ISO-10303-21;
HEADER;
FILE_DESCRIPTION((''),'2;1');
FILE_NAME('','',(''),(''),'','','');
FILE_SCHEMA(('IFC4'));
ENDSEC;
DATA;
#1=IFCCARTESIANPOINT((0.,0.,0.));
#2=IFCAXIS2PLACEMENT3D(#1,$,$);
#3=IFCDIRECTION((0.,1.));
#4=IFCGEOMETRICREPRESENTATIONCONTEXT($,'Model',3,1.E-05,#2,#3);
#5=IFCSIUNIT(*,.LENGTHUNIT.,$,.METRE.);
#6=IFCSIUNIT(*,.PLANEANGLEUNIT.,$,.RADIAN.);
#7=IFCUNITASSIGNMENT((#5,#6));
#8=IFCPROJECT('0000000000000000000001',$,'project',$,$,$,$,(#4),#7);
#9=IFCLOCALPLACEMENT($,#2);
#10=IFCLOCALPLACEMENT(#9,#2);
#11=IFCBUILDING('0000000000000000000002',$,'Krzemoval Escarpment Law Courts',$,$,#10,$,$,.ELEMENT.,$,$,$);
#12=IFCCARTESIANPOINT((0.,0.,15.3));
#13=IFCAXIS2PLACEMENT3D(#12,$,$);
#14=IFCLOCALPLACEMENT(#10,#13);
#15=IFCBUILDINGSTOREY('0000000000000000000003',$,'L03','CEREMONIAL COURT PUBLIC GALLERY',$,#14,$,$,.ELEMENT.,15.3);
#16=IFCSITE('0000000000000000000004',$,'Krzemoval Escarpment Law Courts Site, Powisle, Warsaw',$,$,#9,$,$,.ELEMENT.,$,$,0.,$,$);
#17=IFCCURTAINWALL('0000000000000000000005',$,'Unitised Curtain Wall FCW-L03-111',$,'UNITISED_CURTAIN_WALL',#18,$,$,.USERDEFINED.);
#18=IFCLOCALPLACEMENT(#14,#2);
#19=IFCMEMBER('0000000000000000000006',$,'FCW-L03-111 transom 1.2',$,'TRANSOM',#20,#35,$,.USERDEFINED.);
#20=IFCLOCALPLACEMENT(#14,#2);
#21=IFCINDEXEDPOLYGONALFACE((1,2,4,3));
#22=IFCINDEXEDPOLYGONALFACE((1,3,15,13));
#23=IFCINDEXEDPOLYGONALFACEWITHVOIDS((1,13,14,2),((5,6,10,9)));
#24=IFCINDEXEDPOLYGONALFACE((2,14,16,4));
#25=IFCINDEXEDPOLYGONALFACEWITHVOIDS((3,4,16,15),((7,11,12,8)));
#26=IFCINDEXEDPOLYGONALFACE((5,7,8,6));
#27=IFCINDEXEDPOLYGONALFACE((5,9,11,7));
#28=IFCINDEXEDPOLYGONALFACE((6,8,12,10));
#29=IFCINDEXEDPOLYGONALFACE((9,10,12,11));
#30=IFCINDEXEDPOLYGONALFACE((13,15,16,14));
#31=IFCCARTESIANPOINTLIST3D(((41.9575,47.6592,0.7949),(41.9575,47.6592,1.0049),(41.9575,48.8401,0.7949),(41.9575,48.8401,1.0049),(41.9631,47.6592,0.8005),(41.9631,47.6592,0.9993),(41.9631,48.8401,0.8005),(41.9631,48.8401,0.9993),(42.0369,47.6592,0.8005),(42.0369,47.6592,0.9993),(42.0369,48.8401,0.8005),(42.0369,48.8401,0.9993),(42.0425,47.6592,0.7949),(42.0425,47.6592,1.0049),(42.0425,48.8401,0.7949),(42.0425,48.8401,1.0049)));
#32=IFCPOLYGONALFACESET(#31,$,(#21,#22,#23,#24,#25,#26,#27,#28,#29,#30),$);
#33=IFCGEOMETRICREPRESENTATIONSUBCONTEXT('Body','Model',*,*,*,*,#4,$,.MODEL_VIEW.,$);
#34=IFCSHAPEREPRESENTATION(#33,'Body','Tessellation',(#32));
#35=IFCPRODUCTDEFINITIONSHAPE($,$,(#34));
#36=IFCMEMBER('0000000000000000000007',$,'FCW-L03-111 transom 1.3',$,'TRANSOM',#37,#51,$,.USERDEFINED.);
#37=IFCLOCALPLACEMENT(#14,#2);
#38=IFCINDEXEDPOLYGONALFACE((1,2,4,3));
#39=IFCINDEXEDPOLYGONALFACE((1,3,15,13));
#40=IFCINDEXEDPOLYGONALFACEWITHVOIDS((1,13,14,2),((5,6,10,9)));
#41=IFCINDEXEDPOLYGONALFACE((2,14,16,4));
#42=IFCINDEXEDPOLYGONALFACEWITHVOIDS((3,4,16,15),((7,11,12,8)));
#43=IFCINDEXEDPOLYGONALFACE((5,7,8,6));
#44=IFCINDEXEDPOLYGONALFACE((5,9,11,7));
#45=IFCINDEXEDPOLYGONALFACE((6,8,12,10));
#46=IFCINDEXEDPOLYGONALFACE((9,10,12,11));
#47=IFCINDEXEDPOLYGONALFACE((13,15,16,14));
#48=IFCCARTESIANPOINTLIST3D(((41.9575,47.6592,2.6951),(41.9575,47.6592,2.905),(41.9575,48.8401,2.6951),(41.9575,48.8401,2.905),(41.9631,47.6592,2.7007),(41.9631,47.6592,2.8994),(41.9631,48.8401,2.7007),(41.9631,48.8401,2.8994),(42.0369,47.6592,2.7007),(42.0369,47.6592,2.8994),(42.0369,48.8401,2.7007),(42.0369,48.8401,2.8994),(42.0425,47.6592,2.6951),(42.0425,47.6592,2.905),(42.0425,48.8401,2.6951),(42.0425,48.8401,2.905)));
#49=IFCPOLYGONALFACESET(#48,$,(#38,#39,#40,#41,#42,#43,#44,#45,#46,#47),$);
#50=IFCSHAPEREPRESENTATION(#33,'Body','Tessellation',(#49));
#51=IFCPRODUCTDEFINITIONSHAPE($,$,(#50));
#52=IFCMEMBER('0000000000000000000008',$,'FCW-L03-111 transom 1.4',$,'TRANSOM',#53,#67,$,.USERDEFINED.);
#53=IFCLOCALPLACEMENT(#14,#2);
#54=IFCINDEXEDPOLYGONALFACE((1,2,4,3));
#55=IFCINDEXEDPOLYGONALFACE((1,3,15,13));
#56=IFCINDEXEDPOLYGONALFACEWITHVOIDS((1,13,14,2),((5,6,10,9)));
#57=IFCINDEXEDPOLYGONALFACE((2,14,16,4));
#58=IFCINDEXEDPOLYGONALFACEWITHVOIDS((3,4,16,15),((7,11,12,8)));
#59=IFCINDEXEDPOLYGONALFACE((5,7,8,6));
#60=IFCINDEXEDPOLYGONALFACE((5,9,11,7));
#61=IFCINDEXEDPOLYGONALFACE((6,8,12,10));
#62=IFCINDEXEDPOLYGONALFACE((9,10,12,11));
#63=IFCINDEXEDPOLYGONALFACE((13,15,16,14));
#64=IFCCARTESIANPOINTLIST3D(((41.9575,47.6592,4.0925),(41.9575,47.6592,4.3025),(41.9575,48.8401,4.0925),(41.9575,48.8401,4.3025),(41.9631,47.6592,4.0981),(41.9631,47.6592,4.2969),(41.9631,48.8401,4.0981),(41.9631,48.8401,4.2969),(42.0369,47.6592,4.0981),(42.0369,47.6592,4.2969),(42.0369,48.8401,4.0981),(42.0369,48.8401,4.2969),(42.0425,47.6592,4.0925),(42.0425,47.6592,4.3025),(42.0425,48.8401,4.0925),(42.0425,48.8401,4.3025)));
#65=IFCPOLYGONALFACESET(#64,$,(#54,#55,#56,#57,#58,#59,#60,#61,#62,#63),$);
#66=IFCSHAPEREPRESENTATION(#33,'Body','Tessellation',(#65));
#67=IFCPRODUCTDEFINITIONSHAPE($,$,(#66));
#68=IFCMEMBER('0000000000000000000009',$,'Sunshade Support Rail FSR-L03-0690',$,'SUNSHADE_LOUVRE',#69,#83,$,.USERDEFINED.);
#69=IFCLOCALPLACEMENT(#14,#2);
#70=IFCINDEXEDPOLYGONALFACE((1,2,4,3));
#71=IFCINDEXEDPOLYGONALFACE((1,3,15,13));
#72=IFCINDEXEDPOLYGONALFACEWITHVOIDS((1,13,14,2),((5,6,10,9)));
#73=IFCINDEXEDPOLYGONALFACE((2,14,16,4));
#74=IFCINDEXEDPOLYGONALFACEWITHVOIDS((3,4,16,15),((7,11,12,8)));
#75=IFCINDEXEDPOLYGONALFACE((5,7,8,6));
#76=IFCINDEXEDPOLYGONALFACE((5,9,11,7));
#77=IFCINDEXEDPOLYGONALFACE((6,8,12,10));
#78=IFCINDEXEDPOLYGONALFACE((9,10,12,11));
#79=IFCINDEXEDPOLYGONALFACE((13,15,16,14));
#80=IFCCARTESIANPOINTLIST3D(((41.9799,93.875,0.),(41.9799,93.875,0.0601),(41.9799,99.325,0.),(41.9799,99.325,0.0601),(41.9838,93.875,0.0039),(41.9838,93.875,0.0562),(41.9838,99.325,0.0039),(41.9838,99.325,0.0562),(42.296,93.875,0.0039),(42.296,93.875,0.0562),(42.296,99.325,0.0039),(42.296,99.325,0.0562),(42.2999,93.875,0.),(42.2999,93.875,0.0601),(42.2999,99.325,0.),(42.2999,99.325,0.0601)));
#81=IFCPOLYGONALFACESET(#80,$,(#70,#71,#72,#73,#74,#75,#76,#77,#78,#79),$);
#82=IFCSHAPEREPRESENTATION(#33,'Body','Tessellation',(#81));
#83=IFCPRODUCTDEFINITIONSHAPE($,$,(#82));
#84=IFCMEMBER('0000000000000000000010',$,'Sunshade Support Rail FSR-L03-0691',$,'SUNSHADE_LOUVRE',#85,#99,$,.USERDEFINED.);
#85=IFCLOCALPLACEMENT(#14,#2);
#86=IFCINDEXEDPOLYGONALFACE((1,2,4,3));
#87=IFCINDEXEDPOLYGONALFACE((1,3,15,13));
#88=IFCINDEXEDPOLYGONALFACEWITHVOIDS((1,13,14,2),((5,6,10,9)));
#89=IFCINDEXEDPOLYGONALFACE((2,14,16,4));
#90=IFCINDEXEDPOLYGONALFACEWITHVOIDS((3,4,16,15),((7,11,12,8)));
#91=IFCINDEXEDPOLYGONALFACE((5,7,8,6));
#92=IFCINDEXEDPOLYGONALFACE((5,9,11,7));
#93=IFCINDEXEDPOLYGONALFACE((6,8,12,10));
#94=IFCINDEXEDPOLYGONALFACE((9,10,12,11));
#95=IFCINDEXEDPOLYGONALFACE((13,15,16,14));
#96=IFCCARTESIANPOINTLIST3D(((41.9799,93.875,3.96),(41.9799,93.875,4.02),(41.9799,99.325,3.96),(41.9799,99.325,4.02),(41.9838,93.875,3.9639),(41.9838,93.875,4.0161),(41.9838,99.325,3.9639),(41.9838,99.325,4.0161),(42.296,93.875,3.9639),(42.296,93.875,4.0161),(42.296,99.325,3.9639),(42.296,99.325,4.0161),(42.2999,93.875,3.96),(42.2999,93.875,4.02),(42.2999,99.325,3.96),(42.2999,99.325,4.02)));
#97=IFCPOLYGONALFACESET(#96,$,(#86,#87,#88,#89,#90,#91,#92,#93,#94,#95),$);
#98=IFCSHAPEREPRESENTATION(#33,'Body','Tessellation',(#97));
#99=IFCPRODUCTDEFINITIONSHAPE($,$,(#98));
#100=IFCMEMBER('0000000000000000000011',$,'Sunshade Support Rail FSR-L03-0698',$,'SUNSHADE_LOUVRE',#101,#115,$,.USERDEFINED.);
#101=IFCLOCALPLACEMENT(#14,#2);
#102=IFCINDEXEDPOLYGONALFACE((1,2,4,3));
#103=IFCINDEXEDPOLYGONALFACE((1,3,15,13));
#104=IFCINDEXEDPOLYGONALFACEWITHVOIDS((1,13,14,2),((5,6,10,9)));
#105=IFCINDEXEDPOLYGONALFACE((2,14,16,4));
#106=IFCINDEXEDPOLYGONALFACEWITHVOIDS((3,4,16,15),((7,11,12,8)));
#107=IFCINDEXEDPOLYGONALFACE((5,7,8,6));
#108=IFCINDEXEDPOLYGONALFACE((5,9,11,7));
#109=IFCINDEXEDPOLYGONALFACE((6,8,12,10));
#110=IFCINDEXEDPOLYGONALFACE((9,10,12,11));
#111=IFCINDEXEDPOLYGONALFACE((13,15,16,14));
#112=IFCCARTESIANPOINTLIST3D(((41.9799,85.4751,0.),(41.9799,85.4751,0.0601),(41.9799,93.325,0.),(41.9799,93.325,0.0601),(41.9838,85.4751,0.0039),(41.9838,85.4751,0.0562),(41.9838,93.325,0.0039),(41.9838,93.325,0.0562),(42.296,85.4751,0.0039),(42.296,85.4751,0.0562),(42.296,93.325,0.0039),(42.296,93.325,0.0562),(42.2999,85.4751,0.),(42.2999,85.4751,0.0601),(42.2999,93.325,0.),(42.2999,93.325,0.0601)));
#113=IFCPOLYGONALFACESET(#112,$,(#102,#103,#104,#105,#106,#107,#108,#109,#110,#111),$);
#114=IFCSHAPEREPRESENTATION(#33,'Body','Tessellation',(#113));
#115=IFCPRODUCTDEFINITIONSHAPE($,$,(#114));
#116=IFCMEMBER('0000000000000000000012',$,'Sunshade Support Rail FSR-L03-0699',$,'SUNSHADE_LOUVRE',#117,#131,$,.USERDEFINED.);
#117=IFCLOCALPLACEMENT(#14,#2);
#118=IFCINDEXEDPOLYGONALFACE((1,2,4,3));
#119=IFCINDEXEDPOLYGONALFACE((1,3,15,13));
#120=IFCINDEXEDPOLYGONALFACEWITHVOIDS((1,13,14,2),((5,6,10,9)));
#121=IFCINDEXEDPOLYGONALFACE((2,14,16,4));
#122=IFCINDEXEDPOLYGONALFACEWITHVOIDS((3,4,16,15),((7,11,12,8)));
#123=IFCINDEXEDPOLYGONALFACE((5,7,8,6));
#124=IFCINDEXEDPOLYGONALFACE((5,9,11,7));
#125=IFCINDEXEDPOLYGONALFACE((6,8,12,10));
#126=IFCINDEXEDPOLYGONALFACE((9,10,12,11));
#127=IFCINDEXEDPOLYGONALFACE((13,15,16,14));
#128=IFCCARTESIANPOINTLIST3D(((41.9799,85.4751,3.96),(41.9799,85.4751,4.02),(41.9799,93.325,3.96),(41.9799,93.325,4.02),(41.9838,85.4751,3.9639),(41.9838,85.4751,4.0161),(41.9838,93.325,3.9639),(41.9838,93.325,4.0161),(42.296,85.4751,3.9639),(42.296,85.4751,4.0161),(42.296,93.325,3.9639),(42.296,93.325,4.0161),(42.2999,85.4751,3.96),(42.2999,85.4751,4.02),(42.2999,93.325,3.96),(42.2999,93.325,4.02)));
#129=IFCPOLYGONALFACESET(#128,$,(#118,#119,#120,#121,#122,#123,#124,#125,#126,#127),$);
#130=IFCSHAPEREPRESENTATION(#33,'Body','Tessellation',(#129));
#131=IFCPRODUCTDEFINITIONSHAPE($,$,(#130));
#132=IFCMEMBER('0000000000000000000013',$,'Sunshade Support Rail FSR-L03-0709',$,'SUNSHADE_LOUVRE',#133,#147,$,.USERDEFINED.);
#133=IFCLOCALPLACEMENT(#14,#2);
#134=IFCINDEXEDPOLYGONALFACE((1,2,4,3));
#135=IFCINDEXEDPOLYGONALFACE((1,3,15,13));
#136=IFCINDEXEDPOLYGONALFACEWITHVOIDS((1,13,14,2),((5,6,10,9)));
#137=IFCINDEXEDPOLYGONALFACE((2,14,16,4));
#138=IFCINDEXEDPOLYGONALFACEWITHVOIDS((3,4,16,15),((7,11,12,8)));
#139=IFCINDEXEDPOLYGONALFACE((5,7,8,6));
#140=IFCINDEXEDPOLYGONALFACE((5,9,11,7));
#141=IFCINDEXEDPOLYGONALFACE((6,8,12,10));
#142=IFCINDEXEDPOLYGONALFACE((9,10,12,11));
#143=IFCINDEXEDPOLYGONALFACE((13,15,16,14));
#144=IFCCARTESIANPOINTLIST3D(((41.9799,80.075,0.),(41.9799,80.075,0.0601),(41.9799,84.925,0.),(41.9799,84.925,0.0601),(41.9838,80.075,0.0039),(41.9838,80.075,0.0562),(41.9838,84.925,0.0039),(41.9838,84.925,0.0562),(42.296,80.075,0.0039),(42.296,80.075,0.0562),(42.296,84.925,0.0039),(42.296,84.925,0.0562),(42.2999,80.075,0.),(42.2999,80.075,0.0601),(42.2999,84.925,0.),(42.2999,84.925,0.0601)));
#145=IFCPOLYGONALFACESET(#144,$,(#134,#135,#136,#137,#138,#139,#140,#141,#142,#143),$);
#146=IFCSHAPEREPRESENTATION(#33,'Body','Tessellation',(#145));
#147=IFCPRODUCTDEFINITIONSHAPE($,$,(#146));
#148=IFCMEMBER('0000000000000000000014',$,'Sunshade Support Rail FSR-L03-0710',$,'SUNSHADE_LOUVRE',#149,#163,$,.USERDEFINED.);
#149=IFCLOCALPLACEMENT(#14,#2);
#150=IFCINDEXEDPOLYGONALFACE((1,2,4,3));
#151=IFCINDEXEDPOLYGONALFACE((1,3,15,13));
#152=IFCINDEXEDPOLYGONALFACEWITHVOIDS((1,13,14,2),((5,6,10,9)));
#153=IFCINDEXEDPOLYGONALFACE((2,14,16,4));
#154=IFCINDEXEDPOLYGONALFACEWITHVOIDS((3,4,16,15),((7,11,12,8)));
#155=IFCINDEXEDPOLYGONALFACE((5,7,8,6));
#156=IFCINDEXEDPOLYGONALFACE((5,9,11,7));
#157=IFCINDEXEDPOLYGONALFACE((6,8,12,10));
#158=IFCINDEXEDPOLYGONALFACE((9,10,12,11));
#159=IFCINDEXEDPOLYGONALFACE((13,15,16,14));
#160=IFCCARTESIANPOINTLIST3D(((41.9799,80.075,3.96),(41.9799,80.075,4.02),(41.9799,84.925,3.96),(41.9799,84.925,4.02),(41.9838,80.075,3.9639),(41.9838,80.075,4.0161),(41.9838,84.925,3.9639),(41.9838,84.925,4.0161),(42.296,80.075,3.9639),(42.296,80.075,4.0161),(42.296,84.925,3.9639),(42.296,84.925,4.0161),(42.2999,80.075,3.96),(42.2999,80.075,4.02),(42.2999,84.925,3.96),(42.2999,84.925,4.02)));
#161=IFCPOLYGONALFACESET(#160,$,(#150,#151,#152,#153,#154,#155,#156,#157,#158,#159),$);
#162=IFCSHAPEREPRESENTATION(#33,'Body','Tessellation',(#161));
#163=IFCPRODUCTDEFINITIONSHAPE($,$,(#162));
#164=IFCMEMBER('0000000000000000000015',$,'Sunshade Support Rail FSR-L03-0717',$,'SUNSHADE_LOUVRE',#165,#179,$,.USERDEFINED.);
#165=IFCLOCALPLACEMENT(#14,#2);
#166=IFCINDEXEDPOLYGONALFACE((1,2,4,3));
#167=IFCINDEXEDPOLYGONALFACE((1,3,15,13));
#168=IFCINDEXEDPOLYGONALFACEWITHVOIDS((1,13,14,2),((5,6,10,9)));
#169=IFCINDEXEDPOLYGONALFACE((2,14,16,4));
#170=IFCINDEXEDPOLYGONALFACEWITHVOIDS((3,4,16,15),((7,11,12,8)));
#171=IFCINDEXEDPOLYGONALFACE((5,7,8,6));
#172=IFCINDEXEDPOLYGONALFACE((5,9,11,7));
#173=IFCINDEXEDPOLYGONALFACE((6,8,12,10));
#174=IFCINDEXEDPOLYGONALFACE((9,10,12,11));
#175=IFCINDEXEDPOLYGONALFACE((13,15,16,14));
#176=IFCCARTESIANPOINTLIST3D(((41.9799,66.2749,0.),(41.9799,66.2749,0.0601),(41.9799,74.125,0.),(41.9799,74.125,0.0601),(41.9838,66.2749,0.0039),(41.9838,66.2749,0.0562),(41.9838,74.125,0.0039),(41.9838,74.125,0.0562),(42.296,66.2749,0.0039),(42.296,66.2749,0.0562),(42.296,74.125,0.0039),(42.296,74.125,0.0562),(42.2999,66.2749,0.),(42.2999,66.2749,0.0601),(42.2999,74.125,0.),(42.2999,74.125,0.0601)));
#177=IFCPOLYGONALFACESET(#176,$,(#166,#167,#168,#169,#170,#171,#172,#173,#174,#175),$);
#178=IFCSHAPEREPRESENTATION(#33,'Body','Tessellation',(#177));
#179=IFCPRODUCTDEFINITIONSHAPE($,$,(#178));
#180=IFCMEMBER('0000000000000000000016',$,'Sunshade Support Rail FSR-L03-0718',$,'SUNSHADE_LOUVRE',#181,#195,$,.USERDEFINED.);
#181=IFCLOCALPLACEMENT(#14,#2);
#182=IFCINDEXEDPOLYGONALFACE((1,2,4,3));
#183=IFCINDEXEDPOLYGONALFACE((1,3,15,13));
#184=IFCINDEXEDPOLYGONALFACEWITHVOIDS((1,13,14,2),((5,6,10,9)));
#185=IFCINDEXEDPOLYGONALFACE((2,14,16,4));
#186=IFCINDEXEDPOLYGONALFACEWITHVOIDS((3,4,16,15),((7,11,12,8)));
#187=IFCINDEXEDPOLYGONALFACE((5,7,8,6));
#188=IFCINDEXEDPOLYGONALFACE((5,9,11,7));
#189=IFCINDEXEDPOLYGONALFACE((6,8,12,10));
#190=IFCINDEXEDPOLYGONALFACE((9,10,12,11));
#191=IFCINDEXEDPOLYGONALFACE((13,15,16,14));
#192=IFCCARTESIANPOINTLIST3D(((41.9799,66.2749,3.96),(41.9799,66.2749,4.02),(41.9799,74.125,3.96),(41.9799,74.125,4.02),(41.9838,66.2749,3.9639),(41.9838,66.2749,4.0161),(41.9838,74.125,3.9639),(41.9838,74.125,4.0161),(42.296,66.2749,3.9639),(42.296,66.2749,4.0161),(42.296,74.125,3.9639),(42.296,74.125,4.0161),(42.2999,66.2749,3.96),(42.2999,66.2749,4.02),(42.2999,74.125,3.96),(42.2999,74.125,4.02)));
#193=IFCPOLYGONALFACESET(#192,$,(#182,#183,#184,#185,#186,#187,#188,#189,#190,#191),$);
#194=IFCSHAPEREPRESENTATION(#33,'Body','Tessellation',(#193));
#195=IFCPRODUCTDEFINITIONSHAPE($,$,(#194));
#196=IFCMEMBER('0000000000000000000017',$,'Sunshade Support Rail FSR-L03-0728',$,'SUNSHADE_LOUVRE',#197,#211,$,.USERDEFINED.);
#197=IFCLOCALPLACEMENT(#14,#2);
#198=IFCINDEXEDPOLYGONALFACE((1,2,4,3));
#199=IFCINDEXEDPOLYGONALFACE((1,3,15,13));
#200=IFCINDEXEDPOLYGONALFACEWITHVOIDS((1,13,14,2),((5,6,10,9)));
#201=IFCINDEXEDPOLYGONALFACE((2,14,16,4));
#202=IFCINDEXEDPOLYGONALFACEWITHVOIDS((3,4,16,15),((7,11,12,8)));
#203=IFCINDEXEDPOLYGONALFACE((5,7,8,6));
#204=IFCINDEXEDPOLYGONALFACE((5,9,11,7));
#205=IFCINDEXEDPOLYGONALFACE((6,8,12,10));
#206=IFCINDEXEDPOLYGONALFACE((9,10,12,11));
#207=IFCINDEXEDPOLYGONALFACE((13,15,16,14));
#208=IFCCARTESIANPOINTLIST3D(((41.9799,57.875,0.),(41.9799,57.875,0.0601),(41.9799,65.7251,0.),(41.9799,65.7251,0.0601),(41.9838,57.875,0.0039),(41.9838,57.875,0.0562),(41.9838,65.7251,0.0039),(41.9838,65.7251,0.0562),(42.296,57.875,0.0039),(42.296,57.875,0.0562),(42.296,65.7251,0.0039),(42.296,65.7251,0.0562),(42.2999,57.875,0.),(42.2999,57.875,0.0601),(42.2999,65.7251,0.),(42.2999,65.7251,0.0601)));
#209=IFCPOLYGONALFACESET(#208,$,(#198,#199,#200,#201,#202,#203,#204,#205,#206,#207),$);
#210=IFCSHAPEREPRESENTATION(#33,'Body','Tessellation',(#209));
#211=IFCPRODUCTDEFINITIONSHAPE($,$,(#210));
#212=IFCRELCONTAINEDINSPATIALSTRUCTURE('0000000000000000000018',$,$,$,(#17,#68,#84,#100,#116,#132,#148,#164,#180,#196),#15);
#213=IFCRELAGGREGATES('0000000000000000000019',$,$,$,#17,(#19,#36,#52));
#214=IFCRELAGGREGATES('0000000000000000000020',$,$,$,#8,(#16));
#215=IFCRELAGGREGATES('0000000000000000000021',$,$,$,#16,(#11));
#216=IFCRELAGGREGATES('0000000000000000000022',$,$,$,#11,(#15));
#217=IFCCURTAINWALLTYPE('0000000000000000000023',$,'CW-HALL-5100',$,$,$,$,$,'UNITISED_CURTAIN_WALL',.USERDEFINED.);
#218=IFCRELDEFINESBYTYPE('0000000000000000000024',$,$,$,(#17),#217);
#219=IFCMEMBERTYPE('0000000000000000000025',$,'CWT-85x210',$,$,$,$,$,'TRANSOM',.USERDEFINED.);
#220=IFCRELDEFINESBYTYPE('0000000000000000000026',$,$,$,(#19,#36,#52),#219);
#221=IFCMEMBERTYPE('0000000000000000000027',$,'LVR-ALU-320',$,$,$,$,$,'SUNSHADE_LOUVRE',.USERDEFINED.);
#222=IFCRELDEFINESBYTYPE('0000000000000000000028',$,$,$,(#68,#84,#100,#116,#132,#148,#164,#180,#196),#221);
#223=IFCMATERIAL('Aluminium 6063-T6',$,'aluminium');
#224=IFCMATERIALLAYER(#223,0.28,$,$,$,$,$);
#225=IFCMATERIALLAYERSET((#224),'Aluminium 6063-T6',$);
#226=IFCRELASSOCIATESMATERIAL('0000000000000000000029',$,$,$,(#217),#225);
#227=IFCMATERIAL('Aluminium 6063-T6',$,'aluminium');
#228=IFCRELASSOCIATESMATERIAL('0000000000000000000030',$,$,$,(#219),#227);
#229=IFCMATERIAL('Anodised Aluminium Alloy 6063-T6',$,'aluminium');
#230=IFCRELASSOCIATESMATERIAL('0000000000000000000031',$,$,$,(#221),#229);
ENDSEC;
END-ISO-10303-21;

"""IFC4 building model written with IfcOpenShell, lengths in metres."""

from ifc_helpers import new_model, si_unit, direction, frame, origin, origin_2d, place, context, subcontext, project, spatial, hollow_rectangle, extrude, material, layer, layer_set, material_profile, profile_set, type_object, element, aggregate, save


model = new_model("IFC4")

# Units and contexts
model_context = context("Model", 3, precision=1e-05, world=origin(), true_north=direction((0.0, 1.0)))
body_context = subcontext(model_context, "Body", "Model", "MODEL_VIEW")
ifc_project = project(units=[si_unit("LENGTHUNIT", "METRE"), si_unit("PLANEANGLEUNIT", "RADIAN")], contexts=[model_context])

# Site, building, storey
site_placement = place(None, origin())
site = spatial("IfcSite", under=ifc_project, at=site_placement, Name="Krzemoval Escarpment Law Courts Site, Powisle, Warsaw", CompositionType="ELEMENT", RefElevation=0.0)
building_placement = place(site_placement, origin())
building = spatial("IfcBuilding", under=site, at=building_placement, Name="Krzemoval Escarpment Law Courts", CompositionType="ELEMENT")
storey_placement = place(building_placement, frame((0.0, 0.0, 15.3)))
storey = spatial("IfcBuildingStorey", under=building, at=storey_placement, Name="L03", Description="CEREMONIAL COURT PUBLIC GALLERY", CompositionType="ELEMENT", Elevation=15.3)

# Curtain wall, members
ifc_material_1 = material(Name="Aluminium 6063-T6", Category="aluminium")
ifc_layer = layer(ifc_material_1, 0.28)
ifc_layer_set = layer_set([ifc_layer], Name="Aluminium 6063-T6")
curtain_wall_type = type_object("IfcCurtainWallType", Name="CW-HALL-5100", ElementType="UNITISED_CURTAIN_WALL", PredefinedType="USERDEFINED", material=ifc_layer_set)
curtain_wall_placement = place(storey_placement, origin())
curtain_wall = element("IfcCurtainWall", 1, at=curtain_wall_placement, inside=storey, type_object=curtain_wall_type, Name="Unitised Curtain Wall FCW-L03-111", ObjectType="UNITISED_CURTAIN_WALL", PredefinedType="USERDEFINED")
ifc_material_2 = material(Name="Aluminium 6063-T6", Category="aluminium")
ifc_material_profile_1 = material_profile(ifc_material_2, hollow_rectangle(XDim=0.085, YDim=0.21, WallThickness=0.0056, at=origin_2d()), Name="ALU T85x210")
ifc_profile_set_1 = profile_set([ifc_material_profile_1], Name="Aluminium 6063-T6")
member_type_1 = type_object("IfcMemberType", Name="CWT-85x210", ElementType="TRANSOM", PredefinedType="USERDEFINED", material=ifc_profile_set_1)
member_1_placement = place(storey_placement, frame((42.0, 48.8401, 0.8999), z_axis=(0.0, -1.0, 0.0), x_axis=(1.0, 0.0, 0.0)))
member_1 = element("IfcMember", 2, at=member_1_placement, type_object=member_type_1, Name="FCW-L03-111 transom 1.2", ObjectType="TRANSOM", PredefinedType="USERDEFINED", context=body_context, shape_type="SweptSolid", body=[
    extrude(hollow_rectangle(XDim=0.085, YDim=0.21, WallThickness=0.0056, at=origin_2d()), origin(), (0.0, 0.0, 1.0), 1.1809),
])
member_2_placement = place(storey_placement, frame((42.0, 48.8401, 2.8), z_axis=(0.0, -1.0, 0.0), x_axis=(1.0, 0.0, 0.0)))
member_2 = element("IfcMember", 3, at=member_2_placement, type_object=member_type_1, Name="FCW-L03-111 transom 1.3", ObjectType="TRANSOM", PredefinedType="USERDEFINED", context=body_context, shape_type="SweptSolid", body=[
    extrude(hollow_rectangle(XDim=0.085, YDim=0.21, WallThickness=0.0056, at=origin_2d()), origin(), (0.0, 0.0, 1.0), 1.1809),
])
member_3_placement = place(storey_placement, frame((42.0, 48.8401, 4.1975), z_axis=(0.0, -1.0, 0.0), x_axis=(1.0, 0.0, 0.0)))
member_3 = element("IfcMember", 4, at=member_3_placement, type_object=member_type_1, Name="FCW-L03-111 transom 1.4", ObjectType="TRANSOM", PredefinedType="USERDEFINED", context=body_context, shape_type="SweptSolid", body=[
    extrude(hollow_rectangle(XDim=0.085, YDim=0.21, WallThickness=0.0056, at=origin_2d()), origin(), (0.0, 0.0, 1.0), 1.1809),
])
aggregate(curtain_wall, [member_1, member_2, member_3])

# Members
ifc_material_3 = material(Name="Anodised Aluminium Alloy 6063-T6", Category="aluminium")
ifc_material_profile_2 = material_profile(ifc_material_3, hollow_rectangle(XDim=0.0601, YDim=0.3201, WallThickness=0.0039, at=origin_2d()), Name="ALU LVR 60x320")
ifc_profile_set_2 = profile_set([ifc_material_profile_2], Name="Anodised Aluminium Alloy 6063-T6")
member_type_2 = type_object("IfcMemberType", Name="LVR-ALU-320", ElementType="SUNSHADE_LOUVRE", PredefinedType="USERDEFINED", material=ifc_profile_set_2)
for number, where, z_axis, x_axis, name in (
    (5, (42.1399, 99.325, 0.03), (0.0, -1.0, 0.0), (0.0, 0.0, 1.0), "Sunshade Support Rail FSR-L03-0690"),
    (6, (42.1399, 99.325, 3.99), (0.0, -1.0, 0.0), (0.0, 0.0, 1.0), "Sunshade Support Rail FSR-L03-0691"),
):
    element("IfcMember", number, at=place(storey_placement, frame(where, z_axis=z_axis, x_axis=x_axis)), inside=storey, type_object=member_type_2, Name=name, ObjectType="SUNSHADE_LOUVRE", PredefinedType="USERDEFINED", context=body_context, shape_type="SweptSolid", body=[
        extrude(hollow_rectangle(XDim=0.0601, YDim=0.3201, WallThickness=0.0039, at=origin_2d()), origin(), (0.0, 0.0, 1.0), 5.45),
    ])
for number, where, z_axis, x_axis, name in (
    (7, (42.1399, 93.325, 0.03), (0.0, -1.0, 0.0), (0.0, 0.0, 1.0), "Sunshade Support Rail FSR-L03-0698"),
    (8, (42.1399, 93.325, 3.99), (0.0, -1.0, 0.0), (0.0, 0.0, 1.0), "Sunshade Support Rail FSR-L03-0699"),
):
    element("IfcMember", number, at=place(storey_placement, frame(where, z_axis=z_axis, x_axis=x_axis)), inside=storey, type_object=member_type_2, Name=name, ObjectType="SUNSHADE_LOUVRE", PredefinedType="USERDEFINED", context=body_context, shape_type="SweptSolid", body=[
        extrude(hollow_rectangle(XDim=0.0601, YDim=0.3201, WallThickness=0.0039, at=origin_2d()), origin(), (0.0, 0.0, 1.0), 7.8499),
    ])
for number, where, z_axis, x_axis, name in (
    (9, (42.1399, 84.925, 0.03), (0.0, -1.0, 0.0), (0.0, 0.0, 1.0), "Sunshade Support Rail FSR-L03-0709"),
    (10, (42.1399, 84.925, 3.99), (0.0, -1.0, 0.0), (0.0, 0.0, 1.0), "Sunshade Support Rail FSR-L03-0710"),
):
    element("IfcMember", number, at=place(storey_placement, frame(where, z_axis=z_axis, x_axis=x_axis)), inside=storey, type_object=member_type_2, Name=name, ObjectType="SUNSHADE_LOUVRE", PredefinedType="USERDEFINED", context=body_context, shape_type="SweptSolid", body=[
        extrude(hollow_rectangle(XDim=0.0601, YDim=0.3201, WallThickness=0.0039, at=origin_2d()), origin(), (0.0, 0.0, 1.0), 4.8501),
    ])
for number, where, z_axis, x_axis, name in (
    (11, (42.1399, 74.125, 0.03), (0.0, -1.0, 0.0), (0.0, 0.0, 1.0), "Sunshade Support Rail FSR-L03-0717"),
    (12, (42.1399, 74.125, 3.99), (0.0, -1.0, 0.0), (0.0, 0.0, 1.0), "Sunshade Support Rail FSR-L03-0718"),
    (13, (42.1399, 65.7251, 0.03), (0.0, -1.0, 0.0), (0.0, 0.0, 1.0), "Sunshade Support Rail FSR-L03-0728"),
):
    element("IfcMember", number, at=place(storey_placement, frame(where, z_axis=z_axis, x_axis=x_axis)), inside=storey, type_object=member_type_2, Name=name, ObjectType="SUNSHADE_LOUVRE", PredefinedType="USERDEFINED", context=body_context, shape_type="SweptSolid", body=[
        extrude(hollow_rectangle(XDim=0.0601, YDim=0.3201, WallThickness=0.0039, at=origin_2d()), origin(), (0.0, 0.0, 1.0), 7.8501),
    ])

save(model, "model.ifc")
